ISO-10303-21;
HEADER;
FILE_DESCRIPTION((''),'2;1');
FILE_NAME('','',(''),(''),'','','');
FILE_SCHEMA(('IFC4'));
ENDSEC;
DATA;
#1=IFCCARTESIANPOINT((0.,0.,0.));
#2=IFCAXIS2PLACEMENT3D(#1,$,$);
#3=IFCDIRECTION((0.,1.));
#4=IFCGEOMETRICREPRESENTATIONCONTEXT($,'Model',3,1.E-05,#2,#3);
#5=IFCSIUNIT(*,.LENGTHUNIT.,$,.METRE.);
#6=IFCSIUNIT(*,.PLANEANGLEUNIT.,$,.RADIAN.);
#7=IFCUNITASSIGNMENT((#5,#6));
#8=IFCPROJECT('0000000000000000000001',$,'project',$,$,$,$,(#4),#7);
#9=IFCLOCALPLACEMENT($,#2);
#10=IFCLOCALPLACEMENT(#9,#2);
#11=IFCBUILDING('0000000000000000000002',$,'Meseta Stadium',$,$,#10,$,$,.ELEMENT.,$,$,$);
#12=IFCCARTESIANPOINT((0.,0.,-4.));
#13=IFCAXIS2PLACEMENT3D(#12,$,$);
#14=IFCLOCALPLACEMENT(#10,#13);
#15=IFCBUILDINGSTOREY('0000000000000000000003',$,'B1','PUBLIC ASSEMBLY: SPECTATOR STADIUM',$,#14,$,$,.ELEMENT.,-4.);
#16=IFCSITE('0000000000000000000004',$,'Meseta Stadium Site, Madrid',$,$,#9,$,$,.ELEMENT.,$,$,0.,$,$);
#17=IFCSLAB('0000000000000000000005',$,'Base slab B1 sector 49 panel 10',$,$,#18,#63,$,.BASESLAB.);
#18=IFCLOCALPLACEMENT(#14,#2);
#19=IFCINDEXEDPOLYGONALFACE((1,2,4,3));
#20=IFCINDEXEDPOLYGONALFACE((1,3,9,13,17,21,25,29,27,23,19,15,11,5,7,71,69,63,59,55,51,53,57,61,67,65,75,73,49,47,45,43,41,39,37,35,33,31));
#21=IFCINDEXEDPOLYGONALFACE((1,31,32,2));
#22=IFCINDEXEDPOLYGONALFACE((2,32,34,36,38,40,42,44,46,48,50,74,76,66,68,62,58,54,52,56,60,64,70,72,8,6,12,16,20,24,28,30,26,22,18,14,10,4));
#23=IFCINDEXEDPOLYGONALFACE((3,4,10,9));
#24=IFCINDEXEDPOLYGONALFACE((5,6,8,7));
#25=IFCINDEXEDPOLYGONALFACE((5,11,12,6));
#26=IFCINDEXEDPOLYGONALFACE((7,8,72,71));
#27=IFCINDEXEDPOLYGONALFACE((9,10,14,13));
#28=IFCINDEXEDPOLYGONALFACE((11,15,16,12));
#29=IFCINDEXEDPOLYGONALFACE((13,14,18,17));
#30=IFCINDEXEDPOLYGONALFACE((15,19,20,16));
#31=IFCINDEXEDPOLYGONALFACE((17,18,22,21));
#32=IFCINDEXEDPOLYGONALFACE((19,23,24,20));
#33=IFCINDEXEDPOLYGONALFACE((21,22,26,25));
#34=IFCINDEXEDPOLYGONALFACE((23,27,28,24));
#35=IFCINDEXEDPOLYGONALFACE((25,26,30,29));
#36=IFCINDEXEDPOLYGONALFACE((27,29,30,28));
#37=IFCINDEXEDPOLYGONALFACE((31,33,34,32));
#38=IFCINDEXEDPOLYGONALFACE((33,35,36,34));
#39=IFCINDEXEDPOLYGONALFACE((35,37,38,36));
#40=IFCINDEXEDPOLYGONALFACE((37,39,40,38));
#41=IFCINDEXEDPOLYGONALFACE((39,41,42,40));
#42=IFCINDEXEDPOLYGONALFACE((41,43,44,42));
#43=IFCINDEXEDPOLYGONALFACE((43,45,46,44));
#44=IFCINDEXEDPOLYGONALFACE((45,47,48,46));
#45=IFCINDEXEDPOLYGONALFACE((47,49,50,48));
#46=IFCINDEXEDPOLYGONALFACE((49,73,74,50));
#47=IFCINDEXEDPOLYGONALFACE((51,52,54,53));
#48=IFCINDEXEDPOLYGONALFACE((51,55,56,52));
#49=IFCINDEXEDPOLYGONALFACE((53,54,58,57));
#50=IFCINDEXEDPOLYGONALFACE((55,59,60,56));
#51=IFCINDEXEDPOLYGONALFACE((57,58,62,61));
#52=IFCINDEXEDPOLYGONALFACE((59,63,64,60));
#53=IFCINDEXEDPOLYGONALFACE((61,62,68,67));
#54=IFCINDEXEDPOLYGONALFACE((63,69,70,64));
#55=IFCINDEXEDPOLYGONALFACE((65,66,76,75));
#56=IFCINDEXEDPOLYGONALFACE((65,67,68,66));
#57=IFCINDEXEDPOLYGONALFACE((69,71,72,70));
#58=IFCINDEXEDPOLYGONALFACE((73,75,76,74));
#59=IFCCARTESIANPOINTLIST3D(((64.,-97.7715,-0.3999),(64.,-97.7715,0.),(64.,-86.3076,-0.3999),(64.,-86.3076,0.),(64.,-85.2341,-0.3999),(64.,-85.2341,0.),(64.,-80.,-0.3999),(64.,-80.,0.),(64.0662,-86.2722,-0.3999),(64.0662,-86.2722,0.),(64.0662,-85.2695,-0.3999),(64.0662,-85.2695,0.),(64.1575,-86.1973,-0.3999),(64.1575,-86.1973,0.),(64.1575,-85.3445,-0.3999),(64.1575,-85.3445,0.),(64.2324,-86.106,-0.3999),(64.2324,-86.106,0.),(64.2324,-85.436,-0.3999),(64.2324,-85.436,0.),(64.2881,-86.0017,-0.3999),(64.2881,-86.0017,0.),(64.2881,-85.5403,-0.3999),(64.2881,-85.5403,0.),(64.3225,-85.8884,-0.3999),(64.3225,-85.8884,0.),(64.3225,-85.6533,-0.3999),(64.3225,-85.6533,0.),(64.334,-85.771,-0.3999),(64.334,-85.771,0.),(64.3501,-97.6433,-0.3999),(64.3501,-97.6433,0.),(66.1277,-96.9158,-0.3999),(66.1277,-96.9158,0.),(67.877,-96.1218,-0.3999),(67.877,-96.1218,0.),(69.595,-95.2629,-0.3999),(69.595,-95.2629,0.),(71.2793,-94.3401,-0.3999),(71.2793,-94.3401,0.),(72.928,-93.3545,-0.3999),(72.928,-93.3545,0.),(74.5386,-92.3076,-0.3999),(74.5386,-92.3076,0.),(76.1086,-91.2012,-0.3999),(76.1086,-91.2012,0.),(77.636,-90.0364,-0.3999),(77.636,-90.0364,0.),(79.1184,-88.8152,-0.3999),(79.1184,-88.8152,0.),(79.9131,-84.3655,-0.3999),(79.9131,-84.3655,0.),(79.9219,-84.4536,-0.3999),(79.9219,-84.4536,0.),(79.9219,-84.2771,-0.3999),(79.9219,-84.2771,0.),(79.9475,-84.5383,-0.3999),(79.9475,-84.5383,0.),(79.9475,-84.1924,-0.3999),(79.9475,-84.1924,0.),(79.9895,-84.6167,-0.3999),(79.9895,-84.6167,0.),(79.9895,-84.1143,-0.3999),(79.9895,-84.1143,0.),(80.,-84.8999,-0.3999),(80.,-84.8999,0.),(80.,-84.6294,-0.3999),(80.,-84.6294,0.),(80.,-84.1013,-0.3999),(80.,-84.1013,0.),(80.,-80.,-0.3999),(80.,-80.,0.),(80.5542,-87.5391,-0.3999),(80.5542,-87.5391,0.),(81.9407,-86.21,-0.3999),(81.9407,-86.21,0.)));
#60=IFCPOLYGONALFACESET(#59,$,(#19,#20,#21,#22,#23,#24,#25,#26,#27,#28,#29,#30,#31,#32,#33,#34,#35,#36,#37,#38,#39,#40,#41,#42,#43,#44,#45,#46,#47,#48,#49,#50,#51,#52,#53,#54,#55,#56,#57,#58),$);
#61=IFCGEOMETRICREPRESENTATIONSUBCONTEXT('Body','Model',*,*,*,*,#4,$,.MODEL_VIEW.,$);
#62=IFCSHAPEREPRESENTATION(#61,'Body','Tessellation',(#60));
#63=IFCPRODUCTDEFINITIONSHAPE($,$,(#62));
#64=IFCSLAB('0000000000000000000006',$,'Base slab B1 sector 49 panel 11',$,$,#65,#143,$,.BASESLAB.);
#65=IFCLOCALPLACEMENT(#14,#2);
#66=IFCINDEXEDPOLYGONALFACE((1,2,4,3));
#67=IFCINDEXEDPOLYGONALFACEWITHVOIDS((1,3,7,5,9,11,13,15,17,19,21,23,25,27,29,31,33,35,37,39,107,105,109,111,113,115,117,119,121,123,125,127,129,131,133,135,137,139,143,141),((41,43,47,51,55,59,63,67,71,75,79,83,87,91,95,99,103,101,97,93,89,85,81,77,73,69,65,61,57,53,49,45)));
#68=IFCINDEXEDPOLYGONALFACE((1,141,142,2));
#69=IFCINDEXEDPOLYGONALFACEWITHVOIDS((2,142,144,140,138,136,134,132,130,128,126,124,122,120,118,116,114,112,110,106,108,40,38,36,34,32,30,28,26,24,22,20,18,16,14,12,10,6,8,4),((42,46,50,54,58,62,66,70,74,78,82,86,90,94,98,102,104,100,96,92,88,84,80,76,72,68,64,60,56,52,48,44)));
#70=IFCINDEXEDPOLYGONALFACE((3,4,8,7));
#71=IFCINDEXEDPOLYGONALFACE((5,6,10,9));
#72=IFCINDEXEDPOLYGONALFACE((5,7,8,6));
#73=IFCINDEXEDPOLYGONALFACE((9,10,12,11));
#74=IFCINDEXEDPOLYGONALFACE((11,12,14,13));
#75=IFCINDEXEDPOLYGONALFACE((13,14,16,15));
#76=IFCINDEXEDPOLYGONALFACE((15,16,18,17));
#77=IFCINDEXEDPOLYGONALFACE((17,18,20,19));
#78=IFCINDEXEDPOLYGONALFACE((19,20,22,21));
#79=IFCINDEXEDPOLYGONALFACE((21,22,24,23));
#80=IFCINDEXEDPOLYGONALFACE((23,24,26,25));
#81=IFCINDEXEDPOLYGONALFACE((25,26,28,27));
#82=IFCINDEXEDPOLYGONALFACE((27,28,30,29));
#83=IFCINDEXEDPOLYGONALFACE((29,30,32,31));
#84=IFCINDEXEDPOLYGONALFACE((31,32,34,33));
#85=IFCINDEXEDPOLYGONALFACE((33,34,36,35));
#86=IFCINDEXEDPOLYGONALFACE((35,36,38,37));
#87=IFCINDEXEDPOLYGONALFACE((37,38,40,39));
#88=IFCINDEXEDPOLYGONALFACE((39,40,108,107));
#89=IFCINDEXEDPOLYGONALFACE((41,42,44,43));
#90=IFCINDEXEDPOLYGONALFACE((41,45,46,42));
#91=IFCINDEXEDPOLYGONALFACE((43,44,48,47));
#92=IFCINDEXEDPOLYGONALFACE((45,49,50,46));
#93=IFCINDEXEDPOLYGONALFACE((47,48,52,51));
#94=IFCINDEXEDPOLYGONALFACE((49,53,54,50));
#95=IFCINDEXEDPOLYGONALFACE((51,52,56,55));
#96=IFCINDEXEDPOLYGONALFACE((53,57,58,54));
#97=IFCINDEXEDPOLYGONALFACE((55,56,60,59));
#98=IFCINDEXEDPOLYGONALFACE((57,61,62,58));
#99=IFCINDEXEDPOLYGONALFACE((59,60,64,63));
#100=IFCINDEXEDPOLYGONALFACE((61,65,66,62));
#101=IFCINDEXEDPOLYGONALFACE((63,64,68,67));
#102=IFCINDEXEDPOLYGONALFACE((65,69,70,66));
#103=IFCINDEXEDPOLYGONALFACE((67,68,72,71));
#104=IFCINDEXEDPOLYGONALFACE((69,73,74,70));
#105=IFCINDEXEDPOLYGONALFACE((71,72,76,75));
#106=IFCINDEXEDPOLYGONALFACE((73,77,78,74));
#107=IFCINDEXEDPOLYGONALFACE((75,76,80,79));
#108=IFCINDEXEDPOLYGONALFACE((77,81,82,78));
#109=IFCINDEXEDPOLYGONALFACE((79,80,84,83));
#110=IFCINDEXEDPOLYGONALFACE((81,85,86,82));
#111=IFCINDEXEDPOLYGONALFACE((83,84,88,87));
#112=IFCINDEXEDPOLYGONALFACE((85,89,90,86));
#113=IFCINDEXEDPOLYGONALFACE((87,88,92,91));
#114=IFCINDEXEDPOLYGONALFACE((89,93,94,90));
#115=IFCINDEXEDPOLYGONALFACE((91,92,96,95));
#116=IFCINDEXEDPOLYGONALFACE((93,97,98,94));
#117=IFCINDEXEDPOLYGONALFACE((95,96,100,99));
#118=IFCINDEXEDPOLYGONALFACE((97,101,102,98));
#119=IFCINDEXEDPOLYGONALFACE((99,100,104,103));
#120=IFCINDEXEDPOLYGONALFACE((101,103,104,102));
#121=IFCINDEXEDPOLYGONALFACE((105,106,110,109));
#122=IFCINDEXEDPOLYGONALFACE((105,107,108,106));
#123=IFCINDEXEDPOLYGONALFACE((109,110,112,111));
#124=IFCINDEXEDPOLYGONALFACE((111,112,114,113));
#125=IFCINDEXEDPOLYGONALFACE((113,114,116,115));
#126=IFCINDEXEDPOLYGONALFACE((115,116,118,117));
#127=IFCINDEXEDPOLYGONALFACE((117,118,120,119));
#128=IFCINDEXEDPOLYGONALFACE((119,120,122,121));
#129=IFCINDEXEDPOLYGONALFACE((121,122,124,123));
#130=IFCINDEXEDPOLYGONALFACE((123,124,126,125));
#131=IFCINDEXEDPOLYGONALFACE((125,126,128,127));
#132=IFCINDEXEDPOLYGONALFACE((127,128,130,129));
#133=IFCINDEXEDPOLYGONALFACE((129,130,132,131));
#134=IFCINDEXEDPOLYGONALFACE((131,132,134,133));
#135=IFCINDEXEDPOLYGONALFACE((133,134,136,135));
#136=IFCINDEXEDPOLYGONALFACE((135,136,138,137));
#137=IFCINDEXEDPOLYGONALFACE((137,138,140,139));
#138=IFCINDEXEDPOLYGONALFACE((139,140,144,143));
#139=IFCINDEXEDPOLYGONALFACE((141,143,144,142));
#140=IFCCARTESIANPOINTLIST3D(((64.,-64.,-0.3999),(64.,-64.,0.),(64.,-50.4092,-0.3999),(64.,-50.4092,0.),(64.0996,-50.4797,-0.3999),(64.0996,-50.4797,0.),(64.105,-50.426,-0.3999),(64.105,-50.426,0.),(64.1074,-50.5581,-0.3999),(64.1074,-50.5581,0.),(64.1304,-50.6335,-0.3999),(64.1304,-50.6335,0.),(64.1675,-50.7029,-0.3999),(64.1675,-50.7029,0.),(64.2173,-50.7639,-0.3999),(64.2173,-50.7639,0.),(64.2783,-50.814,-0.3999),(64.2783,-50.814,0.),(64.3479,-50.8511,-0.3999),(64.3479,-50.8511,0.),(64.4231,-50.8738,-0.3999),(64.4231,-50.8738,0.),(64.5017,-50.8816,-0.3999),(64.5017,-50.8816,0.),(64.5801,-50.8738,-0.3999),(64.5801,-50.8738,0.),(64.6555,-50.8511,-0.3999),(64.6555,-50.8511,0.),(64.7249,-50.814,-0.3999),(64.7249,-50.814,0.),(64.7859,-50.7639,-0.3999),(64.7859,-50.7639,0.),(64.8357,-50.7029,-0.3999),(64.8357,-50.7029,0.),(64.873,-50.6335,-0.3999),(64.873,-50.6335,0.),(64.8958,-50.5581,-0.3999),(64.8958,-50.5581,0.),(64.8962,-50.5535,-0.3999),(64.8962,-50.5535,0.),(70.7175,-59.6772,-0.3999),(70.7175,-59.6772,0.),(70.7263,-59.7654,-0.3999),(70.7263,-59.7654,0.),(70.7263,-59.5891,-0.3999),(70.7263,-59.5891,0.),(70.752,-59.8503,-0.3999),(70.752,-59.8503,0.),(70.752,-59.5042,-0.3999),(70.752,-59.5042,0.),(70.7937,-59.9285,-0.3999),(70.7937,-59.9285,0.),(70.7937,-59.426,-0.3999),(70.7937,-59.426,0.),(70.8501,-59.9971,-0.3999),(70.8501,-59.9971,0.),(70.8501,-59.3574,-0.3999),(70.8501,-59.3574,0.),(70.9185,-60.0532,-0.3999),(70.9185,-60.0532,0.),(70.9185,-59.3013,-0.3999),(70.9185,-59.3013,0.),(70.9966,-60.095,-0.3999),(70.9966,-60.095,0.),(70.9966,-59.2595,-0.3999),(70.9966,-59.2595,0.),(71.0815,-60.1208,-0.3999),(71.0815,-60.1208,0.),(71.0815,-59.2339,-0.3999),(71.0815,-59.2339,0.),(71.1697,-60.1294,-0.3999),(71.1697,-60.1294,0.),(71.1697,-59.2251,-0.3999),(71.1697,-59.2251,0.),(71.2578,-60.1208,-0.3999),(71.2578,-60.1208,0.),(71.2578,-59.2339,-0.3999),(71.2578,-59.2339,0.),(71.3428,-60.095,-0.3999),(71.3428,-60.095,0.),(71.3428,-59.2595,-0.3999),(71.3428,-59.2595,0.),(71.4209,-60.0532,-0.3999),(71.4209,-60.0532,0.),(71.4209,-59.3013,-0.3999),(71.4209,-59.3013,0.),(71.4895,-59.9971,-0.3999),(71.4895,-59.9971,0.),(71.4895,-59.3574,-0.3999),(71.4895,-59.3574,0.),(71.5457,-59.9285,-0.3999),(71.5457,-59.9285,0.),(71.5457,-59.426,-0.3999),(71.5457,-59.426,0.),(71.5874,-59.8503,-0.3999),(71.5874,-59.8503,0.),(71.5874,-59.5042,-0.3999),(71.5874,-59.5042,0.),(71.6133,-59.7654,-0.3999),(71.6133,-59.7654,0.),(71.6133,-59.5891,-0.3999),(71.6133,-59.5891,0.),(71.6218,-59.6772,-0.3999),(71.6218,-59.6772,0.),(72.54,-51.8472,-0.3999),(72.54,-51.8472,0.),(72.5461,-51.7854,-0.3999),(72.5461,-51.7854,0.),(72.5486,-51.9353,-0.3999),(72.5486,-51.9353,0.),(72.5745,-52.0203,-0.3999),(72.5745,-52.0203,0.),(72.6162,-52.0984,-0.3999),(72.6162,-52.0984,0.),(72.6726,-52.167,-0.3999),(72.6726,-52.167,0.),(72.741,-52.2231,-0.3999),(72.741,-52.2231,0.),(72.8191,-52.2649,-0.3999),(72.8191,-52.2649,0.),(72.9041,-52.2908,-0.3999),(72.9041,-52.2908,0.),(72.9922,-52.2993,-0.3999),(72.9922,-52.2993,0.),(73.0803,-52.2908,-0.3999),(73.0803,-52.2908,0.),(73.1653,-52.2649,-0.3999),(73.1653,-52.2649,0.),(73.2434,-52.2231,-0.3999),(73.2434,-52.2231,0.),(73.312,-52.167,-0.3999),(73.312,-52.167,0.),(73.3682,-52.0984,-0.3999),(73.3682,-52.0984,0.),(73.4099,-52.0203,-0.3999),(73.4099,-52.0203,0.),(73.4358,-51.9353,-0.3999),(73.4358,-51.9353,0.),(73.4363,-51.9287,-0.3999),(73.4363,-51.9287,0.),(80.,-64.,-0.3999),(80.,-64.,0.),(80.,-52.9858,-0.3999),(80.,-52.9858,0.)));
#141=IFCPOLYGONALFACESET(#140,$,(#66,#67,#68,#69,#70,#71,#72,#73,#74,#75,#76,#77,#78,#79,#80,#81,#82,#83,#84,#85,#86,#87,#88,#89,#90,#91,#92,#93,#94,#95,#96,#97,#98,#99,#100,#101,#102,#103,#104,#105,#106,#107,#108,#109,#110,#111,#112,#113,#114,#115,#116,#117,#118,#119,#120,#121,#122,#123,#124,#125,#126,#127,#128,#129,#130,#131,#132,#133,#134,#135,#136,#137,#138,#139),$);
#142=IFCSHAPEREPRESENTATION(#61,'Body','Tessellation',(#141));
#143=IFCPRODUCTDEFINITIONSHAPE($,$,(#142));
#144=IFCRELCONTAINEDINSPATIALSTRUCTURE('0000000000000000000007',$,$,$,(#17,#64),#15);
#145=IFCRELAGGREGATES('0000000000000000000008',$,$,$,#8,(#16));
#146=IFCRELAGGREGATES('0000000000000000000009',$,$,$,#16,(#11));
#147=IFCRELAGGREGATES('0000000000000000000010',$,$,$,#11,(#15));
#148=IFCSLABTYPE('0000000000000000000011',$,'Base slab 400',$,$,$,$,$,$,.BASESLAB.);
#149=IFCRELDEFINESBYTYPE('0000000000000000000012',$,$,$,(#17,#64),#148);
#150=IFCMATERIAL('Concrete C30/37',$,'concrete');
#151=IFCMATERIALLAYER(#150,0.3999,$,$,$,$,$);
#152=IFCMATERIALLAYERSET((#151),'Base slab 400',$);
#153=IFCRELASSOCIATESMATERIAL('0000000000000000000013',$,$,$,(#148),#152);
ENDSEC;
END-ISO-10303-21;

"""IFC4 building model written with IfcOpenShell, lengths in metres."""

from ifc_helpers import new_model, si_unit, direction, frame, origin, place, context, subcontext, project, spatial, polyline, outline, extrude, material, layer, layer_set, type_object, element, save


model = new_model("IFC4")

# Units and contexts
model_context = context("Model", 3, precision=1e-05, world=origin(), true_north=direction((0.0, 1.0)))
body_context = subcontext(model_context, "Body", "Model", "MODEL_VIEW")
ifc_project = project(units=[si_unit("LENGTHUNIT", "METRE"), si_unit("PLANEANGLEUNIT", "RADIAN")], contexts=[model_context])

# Site, building, storey
site_placement = place(None, origin())
site = spatial("IfcSite", under=ifc_project, at=site_placement, Name="Meseta Stadium Site, Madrid", CompositionType="ELEMENT", RefElevation=0.0)
building_placement = place(site_placement, origin())
building = spatial("IfcBuilding", under=site, at=building_placement, Name="Meseta Stadium", CompositionType="ELEMENT")
storey_placement = place(building_placement, frame((0.0, 0.0, -4.0)))
storey = spatial("IfcBuildingStorey", under=building, at=storey_placement, Name="B1", Description="PUBLIC ASSEMBLY: SPECTATOR STADIUM", CompositionType="ELEMENT", Elevation=-4.0)

# Slabs
ifc_material = material(Name="Concrete C30/37", Category="concrete")
ifc_layer = layer(ifc_material, 0.3999)
ifc_layer_set = layer_set([ifc_layer], Name="Base slab 400")
slab_type = type_object("IfcSlabType", Name="Base slab 400", PredefinedType="BASESLAB", material=ifc_layer_set)
slab_1_placement = place(storey_placement, frame((0.0, 0.0, -0.3999)))
element("IfcSlab", 1, at=slab_1_placement, inside=storey, type_object=slab_type, Name="Base slab B1 sector 49 panel 10", PredefinedType="BASESLAB", context=body_context, shape_type="SweptSolid", body=[
    extrude(outline(polyline([(64.3225, -85.8884), (64.2881, -86.0017), (64.2324, -86.106), (64.1575, -86.1973), (64.0662, -86.2722), (64.0, -86.3076), (64.0, -97.7715), (64.3501, -97.6433), (66.1277, -96.9158), (67.877, -96.1218), (69.595, -95.2629), (71.2793, -94.3401), (72.928, -93.3545), (74.5386, -92.3076), (76.1086, -91.2012), (77.636, -90.0364), (79.1184, -88.8152), (80.5542, -87.5391), (81.9407, -86.21), (80.0, -84.8999), (80.0, -84.6294), (79.9895, -84.6167), (79.9475, -84.5383), (79.9219, -84.4536), (79.9131, -84.3655), (79.9219, -84.2771), (79.9475, -84.1924), (79.9895, -84.1143), (80.0, -84.1013), (80.0, -80.0), (64.0, -80.0), (64.0, -85.2341), (64.0662, -85.2695), (64.1575, -85.3445), (64.2324, -85.436), (64.2881, -85.5403), (64.3225, -85.6533), (64.334, -85.771), (64.3225, -85.8884)])), origin(), (0.0, 0.0, 1.0), 0.3999),
])
slab_2_placement = place(storey_placement, frame((0.0, 0.0, -0.3999)))
element("IfcSlab", 2, at=slab_2_placement, inside=storey, type_object=slab_type, Name="Base slab B1 sector 49 panel 11", PredefinedType="BASESLAB", context=body_context, shape_type="SweptSolid", body=[
    extrude(outline(polyline([(64.0, -64.0), (80.0, -64.0), (80.0, -52.9858), (73.4363, -51.9287), (73.4358, -51.9353), (73.4099, -52.0203), (73.3682, -52.0984), (73.312, -52.167), (73.2434, -52.2231), (73.1653, -52.2649), (73.0803, -52.2908), (72.9922, -52.2993), (72.9041, -52.2908), (72.8191, -52.2649), (72.741, -52.2231), (72.6726, -52.167), (72.6162, -52.0984), (72.5745, -52.0203), (72.5486, -51.9353), (72.54, -51.8472), (72.5461, -51.7854), (64.8962, -50.5535), (64.8958, -50.5581), (64.873, -50.6335), (64.8357, -50.7029), (64.7859, -50.7639), (64.7249, -50.814), (64.6555, -50.8511), (64.5801, -50.8738), (64.5017, -50.8816), (64.4231, -50.8738), (64.3479, -50.8511), (64.2783, -50.814), (64.2173, -50.7639), (64.1675, -50.7029), (64.1304, -50.6335), (64.1074, -50.5581), (64.0996, -50.4797), (64.105, -50.426), (64.0, -50.4092), (64.0, -64.0)]), holes=[polyline([(70.752, -59.8503), (70.7263, -59.7654), (70.7175, -59.6772), (70.7263, -59.5891), (70.752, -59.5042), (70.7937, -59.426), (70.8501, -59.3574), (70.9185, -59.3013), (70.9966, -59.2595), (71.0815, -59.2339), (71.1697, -59.2251), (71.2578, -59.2339), (71.3428, -59.2595), (71.4209, -59.3013), (71.4895, -59.3574), (71.5457, -59.426), (71.5874, -59.5042), (71.6133, -59.5891), (71.6218, -59.6772), (71.6133, -59.7654), (71.5874, -59.8503), (71.5457, -59.9285), (71.4895, -59.9971), (71.4209, -60.0532), (71.3428, -60.095), (71.2578, -60.1208), (71.1697, -60.1294), (71.0815, -60.1208), (70.9966, -60.095), (70.9185, -60.0532), (70.8501, -59.9971), (70.7937, -59.9285), (70.752, -59.8503)])]), origin(), (0.0, 0.0, 1.0), 0.3999),
])

save(model, "model.ifc")
